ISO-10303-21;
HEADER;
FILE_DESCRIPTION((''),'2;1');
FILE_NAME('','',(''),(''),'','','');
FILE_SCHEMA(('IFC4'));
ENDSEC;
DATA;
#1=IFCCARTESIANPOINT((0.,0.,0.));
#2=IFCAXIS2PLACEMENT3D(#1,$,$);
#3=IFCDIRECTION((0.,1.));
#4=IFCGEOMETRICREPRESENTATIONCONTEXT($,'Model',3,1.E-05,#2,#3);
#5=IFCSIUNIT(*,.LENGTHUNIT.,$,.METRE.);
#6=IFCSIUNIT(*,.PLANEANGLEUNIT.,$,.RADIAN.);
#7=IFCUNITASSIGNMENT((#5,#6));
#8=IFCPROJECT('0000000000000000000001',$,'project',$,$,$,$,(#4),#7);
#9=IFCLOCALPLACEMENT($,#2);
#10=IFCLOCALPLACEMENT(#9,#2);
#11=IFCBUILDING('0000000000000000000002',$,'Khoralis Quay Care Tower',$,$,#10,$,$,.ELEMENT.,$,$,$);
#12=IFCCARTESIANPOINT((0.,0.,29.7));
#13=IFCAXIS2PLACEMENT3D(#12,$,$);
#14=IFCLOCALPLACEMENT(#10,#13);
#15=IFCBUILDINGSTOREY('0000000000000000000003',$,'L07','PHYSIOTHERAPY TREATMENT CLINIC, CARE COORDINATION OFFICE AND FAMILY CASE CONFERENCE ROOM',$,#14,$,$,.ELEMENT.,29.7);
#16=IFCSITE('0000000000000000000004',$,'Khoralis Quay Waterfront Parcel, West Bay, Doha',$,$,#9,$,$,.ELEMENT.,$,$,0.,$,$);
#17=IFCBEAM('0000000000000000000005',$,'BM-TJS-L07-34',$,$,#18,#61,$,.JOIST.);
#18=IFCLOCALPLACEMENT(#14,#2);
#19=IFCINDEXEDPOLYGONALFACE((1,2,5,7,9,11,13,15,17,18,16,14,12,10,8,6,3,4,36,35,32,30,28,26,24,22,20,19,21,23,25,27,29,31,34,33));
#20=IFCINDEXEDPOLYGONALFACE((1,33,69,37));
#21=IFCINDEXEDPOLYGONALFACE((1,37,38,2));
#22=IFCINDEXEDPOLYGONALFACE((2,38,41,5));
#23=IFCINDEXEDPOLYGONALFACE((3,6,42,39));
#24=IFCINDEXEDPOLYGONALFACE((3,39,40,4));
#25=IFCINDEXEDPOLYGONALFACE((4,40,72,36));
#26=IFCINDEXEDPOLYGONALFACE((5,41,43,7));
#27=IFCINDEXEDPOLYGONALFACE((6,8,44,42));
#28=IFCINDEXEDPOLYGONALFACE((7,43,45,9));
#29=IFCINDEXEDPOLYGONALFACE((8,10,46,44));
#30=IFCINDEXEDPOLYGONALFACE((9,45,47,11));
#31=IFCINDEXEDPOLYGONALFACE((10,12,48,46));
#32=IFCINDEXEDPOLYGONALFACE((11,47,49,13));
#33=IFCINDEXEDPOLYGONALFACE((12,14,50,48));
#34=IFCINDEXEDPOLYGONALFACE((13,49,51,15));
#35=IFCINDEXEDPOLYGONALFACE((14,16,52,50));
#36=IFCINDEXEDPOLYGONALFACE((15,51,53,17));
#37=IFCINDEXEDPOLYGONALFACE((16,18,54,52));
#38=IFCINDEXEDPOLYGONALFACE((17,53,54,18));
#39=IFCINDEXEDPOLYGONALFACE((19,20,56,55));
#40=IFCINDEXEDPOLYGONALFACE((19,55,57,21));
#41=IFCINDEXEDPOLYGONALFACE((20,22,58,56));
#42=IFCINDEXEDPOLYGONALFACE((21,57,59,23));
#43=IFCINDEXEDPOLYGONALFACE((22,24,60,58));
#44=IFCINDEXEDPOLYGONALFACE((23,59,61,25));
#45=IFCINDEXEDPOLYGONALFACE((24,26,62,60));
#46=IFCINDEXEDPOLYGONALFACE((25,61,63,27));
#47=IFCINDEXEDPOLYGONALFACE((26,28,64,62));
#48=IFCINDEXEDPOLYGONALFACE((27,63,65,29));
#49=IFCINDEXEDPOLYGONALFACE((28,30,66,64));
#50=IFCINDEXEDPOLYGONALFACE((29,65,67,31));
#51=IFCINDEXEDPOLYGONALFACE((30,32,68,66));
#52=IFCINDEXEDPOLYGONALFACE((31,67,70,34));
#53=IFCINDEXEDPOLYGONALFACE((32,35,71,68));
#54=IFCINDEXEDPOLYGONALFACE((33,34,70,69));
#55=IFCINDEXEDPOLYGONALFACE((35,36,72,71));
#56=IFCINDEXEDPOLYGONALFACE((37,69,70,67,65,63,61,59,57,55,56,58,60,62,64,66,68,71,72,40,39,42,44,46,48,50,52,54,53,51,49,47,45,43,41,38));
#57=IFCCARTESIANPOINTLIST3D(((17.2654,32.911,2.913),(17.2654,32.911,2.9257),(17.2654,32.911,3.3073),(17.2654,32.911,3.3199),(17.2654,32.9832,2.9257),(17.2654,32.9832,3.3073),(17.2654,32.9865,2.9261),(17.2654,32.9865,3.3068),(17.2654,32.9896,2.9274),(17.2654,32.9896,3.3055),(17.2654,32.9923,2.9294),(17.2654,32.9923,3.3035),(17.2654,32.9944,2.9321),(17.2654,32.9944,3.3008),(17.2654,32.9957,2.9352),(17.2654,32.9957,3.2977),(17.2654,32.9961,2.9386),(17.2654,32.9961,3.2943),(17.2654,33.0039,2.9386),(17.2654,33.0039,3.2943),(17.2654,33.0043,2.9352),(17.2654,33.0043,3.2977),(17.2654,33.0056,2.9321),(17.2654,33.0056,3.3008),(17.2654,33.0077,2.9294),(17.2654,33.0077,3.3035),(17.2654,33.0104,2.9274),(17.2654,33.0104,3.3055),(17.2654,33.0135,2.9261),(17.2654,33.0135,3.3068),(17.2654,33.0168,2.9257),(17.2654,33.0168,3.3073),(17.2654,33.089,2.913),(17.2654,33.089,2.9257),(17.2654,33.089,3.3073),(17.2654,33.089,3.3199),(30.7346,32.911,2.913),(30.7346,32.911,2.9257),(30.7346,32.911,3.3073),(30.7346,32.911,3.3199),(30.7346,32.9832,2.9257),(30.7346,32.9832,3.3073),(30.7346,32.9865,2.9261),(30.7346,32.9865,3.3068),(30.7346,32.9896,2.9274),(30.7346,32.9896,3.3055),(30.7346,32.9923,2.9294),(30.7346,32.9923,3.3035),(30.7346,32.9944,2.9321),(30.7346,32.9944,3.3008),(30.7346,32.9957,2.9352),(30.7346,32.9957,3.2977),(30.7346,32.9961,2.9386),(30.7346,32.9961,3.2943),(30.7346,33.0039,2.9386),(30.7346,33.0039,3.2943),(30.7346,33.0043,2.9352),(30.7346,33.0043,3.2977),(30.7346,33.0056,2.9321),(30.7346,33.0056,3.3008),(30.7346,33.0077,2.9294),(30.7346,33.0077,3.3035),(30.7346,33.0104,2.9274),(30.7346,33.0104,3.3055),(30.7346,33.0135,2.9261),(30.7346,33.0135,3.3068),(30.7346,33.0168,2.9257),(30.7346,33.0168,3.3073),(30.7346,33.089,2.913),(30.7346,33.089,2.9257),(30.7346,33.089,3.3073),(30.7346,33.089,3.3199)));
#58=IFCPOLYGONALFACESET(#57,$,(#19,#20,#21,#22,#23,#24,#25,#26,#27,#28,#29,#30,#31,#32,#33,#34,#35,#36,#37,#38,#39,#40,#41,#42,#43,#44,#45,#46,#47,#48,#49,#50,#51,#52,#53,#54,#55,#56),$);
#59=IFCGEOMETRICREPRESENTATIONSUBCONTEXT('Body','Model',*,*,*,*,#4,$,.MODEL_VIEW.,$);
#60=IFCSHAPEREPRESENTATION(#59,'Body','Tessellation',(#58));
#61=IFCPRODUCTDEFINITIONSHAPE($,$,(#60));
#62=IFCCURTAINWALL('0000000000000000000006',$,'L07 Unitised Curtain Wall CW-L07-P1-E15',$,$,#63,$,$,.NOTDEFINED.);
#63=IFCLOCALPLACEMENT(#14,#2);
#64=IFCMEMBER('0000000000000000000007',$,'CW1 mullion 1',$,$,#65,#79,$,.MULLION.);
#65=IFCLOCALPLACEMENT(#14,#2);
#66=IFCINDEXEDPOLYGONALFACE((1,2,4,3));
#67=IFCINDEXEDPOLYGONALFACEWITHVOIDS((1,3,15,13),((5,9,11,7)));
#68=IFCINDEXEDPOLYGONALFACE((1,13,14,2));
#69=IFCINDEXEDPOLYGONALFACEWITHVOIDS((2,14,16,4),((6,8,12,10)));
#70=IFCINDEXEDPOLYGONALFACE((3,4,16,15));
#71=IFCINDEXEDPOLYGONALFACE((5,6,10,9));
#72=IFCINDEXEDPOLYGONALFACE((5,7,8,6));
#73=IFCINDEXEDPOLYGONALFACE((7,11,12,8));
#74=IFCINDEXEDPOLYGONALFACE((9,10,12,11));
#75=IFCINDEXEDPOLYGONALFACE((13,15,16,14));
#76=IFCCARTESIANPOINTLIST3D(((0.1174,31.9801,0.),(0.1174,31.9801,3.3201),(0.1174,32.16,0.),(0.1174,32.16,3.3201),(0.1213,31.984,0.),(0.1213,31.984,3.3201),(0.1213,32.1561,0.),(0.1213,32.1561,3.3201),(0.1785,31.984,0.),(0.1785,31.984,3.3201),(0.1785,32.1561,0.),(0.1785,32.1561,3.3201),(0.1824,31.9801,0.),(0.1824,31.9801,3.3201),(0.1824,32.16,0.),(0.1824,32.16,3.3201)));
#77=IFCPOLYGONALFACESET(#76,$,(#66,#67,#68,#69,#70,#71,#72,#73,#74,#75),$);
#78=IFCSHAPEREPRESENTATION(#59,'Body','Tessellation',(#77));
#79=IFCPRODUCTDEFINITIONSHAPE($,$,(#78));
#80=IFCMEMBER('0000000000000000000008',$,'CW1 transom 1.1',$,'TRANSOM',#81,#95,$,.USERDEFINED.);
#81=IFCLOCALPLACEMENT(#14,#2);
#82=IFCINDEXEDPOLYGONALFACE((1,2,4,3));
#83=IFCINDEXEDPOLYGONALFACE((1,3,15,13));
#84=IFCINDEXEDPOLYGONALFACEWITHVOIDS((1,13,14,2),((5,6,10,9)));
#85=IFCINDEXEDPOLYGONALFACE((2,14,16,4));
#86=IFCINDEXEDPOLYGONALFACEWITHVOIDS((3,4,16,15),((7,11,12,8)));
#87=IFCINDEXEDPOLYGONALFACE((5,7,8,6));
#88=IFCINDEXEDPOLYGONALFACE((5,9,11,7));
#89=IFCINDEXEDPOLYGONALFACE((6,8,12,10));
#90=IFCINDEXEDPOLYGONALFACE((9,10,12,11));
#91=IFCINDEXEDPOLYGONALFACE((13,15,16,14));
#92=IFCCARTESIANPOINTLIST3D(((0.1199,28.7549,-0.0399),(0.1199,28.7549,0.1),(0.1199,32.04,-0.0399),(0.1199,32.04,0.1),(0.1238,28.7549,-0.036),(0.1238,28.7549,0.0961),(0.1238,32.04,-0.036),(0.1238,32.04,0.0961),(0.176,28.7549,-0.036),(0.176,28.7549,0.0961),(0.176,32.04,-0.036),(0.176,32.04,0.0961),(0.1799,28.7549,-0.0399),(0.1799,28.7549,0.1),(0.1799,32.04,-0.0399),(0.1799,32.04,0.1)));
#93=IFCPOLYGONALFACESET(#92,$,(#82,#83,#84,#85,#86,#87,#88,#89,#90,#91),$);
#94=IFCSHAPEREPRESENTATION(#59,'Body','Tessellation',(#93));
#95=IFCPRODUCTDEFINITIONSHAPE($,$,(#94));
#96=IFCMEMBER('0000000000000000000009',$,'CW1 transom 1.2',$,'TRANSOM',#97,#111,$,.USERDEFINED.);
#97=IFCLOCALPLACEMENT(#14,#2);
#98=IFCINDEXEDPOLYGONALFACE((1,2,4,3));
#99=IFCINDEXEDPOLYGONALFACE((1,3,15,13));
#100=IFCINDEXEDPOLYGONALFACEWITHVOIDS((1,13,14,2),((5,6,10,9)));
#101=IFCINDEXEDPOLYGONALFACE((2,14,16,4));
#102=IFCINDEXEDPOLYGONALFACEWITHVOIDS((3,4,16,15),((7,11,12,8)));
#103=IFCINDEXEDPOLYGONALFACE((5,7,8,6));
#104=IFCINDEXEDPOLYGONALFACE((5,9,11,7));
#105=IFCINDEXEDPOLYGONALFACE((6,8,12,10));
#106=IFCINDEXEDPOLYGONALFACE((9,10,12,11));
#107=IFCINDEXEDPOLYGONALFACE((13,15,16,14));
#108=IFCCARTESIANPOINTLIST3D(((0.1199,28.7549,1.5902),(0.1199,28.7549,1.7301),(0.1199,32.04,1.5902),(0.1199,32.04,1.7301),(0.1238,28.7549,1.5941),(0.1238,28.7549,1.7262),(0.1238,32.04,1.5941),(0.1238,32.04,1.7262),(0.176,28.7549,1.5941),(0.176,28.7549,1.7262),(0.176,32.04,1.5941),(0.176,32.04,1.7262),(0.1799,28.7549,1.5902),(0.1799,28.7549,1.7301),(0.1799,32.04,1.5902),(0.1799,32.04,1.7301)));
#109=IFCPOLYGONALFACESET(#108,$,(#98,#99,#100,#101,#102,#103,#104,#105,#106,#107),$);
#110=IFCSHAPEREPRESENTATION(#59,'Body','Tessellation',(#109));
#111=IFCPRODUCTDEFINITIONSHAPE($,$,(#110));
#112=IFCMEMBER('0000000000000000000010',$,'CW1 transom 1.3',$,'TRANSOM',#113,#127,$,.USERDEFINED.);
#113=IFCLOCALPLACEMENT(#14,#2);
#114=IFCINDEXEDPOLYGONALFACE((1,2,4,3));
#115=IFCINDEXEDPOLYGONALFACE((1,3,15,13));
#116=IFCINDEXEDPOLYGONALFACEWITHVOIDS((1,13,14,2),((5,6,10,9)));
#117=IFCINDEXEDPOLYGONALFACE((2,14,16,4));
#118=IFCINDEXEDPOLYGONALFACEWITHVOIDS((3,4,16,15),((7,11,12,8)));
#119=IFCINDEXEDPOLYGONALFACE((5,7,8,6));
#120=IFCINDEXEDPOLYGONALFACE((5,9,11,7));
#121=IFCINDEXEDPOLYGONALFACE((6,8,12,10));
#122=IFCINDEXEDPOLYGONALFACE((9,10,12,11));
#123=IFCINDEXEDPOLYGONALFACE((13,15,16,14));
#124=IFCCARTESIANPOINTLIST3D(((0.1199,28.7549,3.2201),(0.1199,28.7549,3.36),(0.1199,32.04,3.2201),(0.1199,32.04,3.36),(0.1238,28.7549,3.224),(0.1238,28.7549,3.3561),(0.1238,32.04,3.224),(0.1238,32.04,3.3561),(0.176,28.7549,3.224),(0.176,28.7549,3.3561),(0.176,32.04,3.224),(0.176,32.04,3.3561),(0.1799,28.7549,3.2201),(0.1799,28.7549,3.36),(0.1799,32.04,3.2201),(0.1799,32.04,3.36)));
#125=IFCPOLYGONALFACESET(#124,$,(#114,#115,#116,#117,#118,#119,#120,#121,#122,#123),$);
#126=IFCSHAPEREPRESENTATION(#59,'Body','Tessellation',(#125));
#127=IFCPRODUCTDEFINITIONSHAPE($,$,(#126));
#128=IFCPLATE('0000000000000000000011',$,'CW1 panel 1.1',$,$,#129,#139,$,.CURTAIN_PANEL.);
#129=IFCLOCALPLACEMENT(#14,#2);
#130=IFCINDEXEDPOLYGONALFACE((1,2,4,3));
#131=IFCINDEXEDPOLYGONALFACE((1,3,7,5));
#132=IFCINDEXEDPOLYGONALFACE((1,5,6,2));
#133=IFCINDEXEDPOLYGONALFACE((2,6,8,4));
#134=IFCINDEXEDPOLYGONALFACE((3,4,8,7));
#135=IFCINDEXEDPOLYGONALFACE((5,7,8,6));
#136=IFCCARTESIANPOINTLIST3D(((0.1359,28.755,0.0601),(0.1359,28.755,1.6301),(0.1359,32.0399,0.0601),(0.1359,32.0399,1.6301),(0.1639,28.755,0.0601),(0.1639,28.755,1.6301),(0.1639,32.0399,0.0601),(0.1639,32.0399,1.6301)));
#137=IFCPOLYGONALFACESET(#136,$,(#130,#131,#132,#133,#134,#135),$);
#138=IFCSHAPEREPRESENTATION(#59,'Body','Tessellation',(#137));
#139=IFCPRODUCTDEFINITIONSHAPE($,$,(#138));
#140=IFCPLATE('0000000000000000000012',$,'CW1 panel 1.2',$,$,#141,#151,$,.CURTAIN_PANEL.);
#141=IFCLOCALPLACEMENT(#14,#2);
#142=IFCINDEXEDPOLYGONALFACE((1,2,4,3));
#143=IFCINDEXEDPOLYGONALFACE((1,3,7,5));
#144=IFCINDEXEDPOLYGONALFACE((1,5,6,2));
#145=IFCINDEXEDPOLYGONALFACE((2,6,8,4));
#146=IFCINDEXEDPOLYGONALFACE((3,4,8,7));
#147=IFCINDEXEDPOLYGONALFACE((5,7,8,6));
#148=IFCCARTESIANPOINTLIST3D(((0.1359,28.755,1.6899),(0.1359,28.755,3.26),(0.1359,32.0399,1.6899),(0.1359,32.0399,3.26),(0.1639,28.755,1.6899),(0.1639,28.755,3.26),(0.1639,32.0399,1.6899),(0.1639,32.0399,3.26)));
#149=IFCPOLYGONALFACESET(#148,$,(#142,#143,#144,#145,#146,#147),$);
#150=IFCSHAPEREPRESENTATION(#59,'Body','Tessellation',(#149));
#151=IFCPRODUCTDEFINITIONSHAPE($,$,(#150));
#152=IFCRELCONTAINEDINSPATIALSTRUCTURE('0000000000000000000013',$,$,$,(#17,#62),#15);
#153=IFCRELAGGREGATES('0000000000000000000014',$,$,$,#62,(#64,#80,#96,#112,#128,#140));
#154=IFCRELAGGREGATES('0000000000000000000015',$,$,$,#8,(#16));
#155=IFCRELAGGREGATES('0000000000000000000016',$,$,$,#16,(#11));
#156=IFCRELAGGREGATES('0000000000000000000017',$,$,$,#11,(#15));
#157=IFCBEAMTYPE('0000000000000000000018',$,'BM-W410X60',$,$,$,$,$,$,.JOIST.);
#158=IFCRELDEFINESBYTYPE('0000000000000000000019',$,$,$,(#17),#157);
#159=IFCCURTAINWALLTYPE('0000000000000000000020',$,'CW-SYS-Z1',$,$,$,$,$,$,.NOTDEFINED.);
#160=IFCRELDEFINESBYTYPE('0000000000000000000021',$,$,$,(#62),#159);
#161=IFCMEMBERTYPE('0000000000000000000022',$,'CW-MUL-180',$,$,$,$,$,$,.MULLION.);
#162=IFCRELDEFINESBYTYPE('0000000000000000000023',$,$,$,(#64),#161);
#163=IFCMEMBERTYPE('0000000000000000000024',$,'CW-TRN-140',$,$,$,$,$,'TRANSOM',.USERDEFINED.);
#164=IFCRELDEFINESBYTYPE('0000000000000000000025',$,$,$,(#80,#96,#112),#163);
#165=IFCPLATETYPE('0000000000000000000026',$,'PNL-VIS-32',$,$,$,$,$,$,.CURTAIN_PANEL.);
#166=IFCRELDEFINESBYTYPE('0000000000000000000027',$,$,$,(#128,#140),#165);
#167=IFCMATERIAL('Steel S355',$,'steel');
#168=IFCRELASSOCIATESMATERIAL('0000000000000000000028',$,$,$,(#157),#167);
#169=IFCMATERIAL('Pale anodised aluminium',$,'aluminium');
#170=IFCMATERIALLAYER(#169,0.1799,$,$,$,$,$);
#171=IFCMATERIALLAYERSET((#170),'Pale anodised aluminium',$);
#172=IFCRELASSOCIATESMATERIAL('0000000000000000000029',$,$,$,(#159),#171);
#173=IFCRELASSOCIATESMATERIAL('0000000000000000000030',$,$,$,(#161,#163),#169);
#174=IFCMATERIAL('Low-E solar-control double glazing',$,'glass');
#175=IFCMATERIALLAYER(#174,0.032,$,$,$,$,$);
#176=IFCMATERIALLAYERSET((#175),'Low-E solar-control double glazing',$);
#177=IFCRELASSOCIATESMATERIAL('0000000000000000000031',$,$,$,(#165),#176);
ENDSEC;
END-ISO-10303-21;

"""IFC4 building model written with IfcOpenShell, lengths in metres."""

from ifc_helpers import new_model, si_unit, direction, frame, origin, origin_2d, place, context, subcontext, project, spatial, rectangle, hollow_rectangle, i_section, extrude, source, transform, mapped, material, layer, layer_set, material_profile, profile_set, type_object, element, aggregate, save


model = new_model("IFC4")

# Units and contexts
model_context = context("Model", 3, precision=1e-05, world=origin(), true_north=direction((0.0, 1.0)))
body_context = subcontext(model_context, "Body", "Model", "MODEL_VIEW")
ifc_project = project(units=[si_unit("LENGTHUNIT", "METRE"), si_unit("PLANEANGLEUNIT", "RADIAN")], contexts=[model_context])

# Site, building, storey
site_placement = place(None, origin())
site = spatial("IfcSite", under=ifc_project, at=site_placement, Name="Khoralis Quay Waterfront Parcel, West Bay, Doha", CompositionType="ELEMENT", RefElevation=0.0)
building_placement = place(site_placement, origin())
building = spatial("IfcBuilding", under=site, at=building_placement, Name="Khoralis Quay Care Tower", CompositionType="ELEMENT")
storey_placement = place(building_placement, frame((0.0, 0.0, 29.7)))
storey = spatial("IfcBuildingStorey", under=building, at=storey_placement, Name="L07", Description="PHYSIOTHERAPY TREATMENT CLINIC, CARE COORDINATION OFFICE AND FAMILY CASE CONFERENCE ROOM", CompositionType="ELEMENT", Elevation=29.7)

# Beam
ifc_material_1 = material(Name="Steel S355", Category="steel")
ifc_material_profile_1 = material_profile(ifc_material_1, i_section(OverallWidth=0.178, OverallDepth=0.407, WebThickness=0.0078, FlangeThickness=0.0127, FilletRadius=0.0129, at=origin_2d()), Name="Steel S355")
ifc_profile_set_1 = profile_set([ifc_material_profile_1], Name="Steel S355")
beam_type_1 = type_object("IfcBeamType", Name="BM-W410X60", PredefinedType="JOIST", material=ifc_profile_set_1)
shared_shape_1 = source(origin(), body_context, "Body", "SweptSolid", [
    extrude(i_section(OverallWidth=0.178, OverallDepth=0.407, WebThickness=0.0078, FlangeThickness=0.0127, FilletRadius=0.0129, at=origin_2d()), origin(), (0.0, 0.0, 1.0), 13.4692),
])
beam_1_placement = place(storey_placement, frame((17.2654, 33.0, 3.1165), z_axis=(1.0, 0.0, 0.0), x_axis=(0.0, 1.0, 0.0)))
element("IfcBeam", 1, at=beam_1_placement, inside=storey, type_object=beam_type_1, Name="BM-TJS-L07-34", PredefinedType="JOIST", context=body_context, shape_type="MappedRepresentation", body=[
    mapped(shared_shape_1, transform((0.0, 0.0, 0.0), scale=1.0)),
])

# Curtain wall, members, plates
ifc_material_2 = material(Name="Pale anodised aluminium", Category="aluminium")
ifc_layer_1 = layer(ifc_material_2, 0.1799)
ifc_layer_set_1 = layer_set([ifc_layer_1], Name="Pale anodised aluminium")
curtain_wall_type = type_object("IfcCurtainWallType", Name="CW-SYS-Z1", PredefinedType="NOTDEFINED", material=ifc_layer_set_1)
curtain_wall_placement = place(storey_placement, origin())
curtain_wall = element("IfcCurtainWall", 2, at=curtain_wall_placement, inside=storey, type_object=curtain_wall_type, Name="L07 Unitised Curtain Wall CW-L07-P1-E15", PredefinedType="NOTDEFINED")
ifc_material_profile_2 = material_profile(ifc_material_2, hollow_rectangle(XDim=0.0649, YDim=0.1799, WallThickness=0.0039, at=origin_2d()), Name="Pale anodised aluminium")
ifc_profile_set_2 = profile_set([ifc_material_profile_2], Name="Pale anodised aluminium")
member_type_1 = type_object("IfcMemberType", Name="CW-MUL-180", PredefinedType="MULLION", material=ifc_profile_set_2)
shared_shape_2 = source(origin(), body_context, "Body", "SweptSolid", [
    extrude(hollow_rectangle(XDim=0.0649, YDim=0.1799, WallThickness=0.0039, at=origin_2d()), origin(), (0.0, 0.0, 1.0), 3.3201),
])
member_1_placement = place(storey_placement, frame((0.1499, 32.0701, 0.0), z_axis=(0.0, 0.0, 1.0), x_axis=(1.0, 0.0, 0.0)))
member_1 = element("IfcMember", 3, at=member_1_placement, type_object=member_type_1, Name="CW1 mullion 1", PredefinedType="MULLION", context=body_context, shape_type="MappedRepresentation", body=[
    mapped(shared_shape_2, transform((0.0, 0.0, 0.0), scale=1.0)),
])
ifc_material_profile_3 = material_profile(ifc_material_2, hollow_rectangle(XDim=0.0601, YDim=0.1399, WallThickness=0.0039, at=origin_2d()), Name="Pale anodised aluminium")
ifc_profile_set_3 = profile_set([ifc_material_profile_3], Name="Pale anodised aluminium")
member_type_2 = type_object("IfcMemberType", Name="CW-TRN-140", ElementType="TRANSOM", PredefinedType="USERDEFINED", material=ifc_profile_set_3)
shared_shape_3 = source(origin(), body_context, "Body", "SweptSolid", [
    extrude(hollow_rectangle(XDim=0.0601, YDim=0.1399, WallThickness=0.0039, at=origin_2d()), origin(), (0.0, 0.0, 1.0), 3.2852),
])
member_2_placement = place(storey_placement, frame((0.1499, 32.04, 0.03), z_axis=(0.0, -1.0, 0.0), x_axis=(1.0, 0.0, 0.0)))
member_2 = element("IfcMember", 4, at=member_2_placement, type_object=member_type_2, Name="CW1 transom 1.1", ObjectType="TRANSOM", PredefinedType="USERDEFINED", context=body_context, shape_type="MappedRepresentation", body=[
    mapped(shared_shape_3, transform((0.0, 0.0, 0.0), scale=1.0)),
])
member_3_placement = place(storey_placement, frame((0.1499, 32.04, 1.6602), z_axis=(0.0, -1.0, 0.0), x_axis=(1.0, 0.0, 0.0)))
member_3 = element("IfcMember", 5, at=member_3_placement, type_object=member_type_2, Name="CW1 transom 1.2", ObjectType="TRANSOM", PredefinedType="USERDEFINED", context=body_context, shape_type="MappedRepresentation", body=[
    mapped(shared_shape_3, transform((0.0, 0.0, 0.0), scale=1.0)),
])
member_4_placement = place(storey_placement, frame((0.1499, 32.04, 3.29), z_axis=(0.0, -1.0, 0.0), x_axis=(1.0, 0.0, 0.0)))
member_4 = element("IfcMember", 6, at=member_4_placement, type_object=member_type_2, Name="CW1 transom 1.3", ObjectType="TRANSOM", PredefinedType="USERDEFINED", context=body_context, shape_type="MappedRepresentation", body=[
    mapped(shared_shape_3, transform((0.0, 0.0, 0.0), scale=1.0)),
])
ifc_material_3 = material(Name="Low-E solar-control double glazing", Category="glass")
ifc_layer_2 = layer(ifc_material_3, 0.032)
ifc_layer_set_2 = layer_set([ifc_layer_2], Name="Low-E solar-control double glazing")
plate_type = type_object("IfcPlateType", Name="PNL-VIS-32", PredefinedType="CURTAIN_PANEL", material=ifc_layer_set_2)
shared_shape_4 = source(origin(), body_context, "Body", "SweptSolid", [
    extrude(rectangle(XDim=3.2849, YDim=0.0281, at=origin_2d()), origin(), (0.0, 0.0, 1.0), 1.5701),
])
plate_1_placement = place(storey_placement, frame((0.1499, 30.3975, 0.0601), z_axis=(0.0, 0.0, 1.0), x_axis=(0.0, -1.0, 0.0)))
plate_1 = element("IfcPlate", 7, at=plate_1_placement, type_object=plate_type, Name="CW1 panel 1.1", PredefinedType="CURTAIN_PANEL", context=body_context, shape_type="MappedRepresentation", body=[
    mapped(shared_shape_4, transform((0.0, 0.0, 0.0), scale=1.0)),
])
plate_2_placement = place(storey_placement, frame((0.1499, 30.3975, 1.6899), z_axis=(0.0, 0.0, 1.0), x_axis=(0.0, -1.0, 0.0)))
plate_2 = element("IfcPlate", 8, at=plate_2_placement, type_object=plate_type, Name="CW1 panel 1.2", PredefinedType="CURTAIN_PANEL", context=body_context, shape_type="MappedRepresentation", body=[
    mapped(shared_shape_4, transform((0.0, 0.0, 0.0), scale=1.0)),
])
aggregate(curtain_wall, [member_1, member_2, member_3, member_4, plate_1, plate_2])

save(model, "model.ifc")
